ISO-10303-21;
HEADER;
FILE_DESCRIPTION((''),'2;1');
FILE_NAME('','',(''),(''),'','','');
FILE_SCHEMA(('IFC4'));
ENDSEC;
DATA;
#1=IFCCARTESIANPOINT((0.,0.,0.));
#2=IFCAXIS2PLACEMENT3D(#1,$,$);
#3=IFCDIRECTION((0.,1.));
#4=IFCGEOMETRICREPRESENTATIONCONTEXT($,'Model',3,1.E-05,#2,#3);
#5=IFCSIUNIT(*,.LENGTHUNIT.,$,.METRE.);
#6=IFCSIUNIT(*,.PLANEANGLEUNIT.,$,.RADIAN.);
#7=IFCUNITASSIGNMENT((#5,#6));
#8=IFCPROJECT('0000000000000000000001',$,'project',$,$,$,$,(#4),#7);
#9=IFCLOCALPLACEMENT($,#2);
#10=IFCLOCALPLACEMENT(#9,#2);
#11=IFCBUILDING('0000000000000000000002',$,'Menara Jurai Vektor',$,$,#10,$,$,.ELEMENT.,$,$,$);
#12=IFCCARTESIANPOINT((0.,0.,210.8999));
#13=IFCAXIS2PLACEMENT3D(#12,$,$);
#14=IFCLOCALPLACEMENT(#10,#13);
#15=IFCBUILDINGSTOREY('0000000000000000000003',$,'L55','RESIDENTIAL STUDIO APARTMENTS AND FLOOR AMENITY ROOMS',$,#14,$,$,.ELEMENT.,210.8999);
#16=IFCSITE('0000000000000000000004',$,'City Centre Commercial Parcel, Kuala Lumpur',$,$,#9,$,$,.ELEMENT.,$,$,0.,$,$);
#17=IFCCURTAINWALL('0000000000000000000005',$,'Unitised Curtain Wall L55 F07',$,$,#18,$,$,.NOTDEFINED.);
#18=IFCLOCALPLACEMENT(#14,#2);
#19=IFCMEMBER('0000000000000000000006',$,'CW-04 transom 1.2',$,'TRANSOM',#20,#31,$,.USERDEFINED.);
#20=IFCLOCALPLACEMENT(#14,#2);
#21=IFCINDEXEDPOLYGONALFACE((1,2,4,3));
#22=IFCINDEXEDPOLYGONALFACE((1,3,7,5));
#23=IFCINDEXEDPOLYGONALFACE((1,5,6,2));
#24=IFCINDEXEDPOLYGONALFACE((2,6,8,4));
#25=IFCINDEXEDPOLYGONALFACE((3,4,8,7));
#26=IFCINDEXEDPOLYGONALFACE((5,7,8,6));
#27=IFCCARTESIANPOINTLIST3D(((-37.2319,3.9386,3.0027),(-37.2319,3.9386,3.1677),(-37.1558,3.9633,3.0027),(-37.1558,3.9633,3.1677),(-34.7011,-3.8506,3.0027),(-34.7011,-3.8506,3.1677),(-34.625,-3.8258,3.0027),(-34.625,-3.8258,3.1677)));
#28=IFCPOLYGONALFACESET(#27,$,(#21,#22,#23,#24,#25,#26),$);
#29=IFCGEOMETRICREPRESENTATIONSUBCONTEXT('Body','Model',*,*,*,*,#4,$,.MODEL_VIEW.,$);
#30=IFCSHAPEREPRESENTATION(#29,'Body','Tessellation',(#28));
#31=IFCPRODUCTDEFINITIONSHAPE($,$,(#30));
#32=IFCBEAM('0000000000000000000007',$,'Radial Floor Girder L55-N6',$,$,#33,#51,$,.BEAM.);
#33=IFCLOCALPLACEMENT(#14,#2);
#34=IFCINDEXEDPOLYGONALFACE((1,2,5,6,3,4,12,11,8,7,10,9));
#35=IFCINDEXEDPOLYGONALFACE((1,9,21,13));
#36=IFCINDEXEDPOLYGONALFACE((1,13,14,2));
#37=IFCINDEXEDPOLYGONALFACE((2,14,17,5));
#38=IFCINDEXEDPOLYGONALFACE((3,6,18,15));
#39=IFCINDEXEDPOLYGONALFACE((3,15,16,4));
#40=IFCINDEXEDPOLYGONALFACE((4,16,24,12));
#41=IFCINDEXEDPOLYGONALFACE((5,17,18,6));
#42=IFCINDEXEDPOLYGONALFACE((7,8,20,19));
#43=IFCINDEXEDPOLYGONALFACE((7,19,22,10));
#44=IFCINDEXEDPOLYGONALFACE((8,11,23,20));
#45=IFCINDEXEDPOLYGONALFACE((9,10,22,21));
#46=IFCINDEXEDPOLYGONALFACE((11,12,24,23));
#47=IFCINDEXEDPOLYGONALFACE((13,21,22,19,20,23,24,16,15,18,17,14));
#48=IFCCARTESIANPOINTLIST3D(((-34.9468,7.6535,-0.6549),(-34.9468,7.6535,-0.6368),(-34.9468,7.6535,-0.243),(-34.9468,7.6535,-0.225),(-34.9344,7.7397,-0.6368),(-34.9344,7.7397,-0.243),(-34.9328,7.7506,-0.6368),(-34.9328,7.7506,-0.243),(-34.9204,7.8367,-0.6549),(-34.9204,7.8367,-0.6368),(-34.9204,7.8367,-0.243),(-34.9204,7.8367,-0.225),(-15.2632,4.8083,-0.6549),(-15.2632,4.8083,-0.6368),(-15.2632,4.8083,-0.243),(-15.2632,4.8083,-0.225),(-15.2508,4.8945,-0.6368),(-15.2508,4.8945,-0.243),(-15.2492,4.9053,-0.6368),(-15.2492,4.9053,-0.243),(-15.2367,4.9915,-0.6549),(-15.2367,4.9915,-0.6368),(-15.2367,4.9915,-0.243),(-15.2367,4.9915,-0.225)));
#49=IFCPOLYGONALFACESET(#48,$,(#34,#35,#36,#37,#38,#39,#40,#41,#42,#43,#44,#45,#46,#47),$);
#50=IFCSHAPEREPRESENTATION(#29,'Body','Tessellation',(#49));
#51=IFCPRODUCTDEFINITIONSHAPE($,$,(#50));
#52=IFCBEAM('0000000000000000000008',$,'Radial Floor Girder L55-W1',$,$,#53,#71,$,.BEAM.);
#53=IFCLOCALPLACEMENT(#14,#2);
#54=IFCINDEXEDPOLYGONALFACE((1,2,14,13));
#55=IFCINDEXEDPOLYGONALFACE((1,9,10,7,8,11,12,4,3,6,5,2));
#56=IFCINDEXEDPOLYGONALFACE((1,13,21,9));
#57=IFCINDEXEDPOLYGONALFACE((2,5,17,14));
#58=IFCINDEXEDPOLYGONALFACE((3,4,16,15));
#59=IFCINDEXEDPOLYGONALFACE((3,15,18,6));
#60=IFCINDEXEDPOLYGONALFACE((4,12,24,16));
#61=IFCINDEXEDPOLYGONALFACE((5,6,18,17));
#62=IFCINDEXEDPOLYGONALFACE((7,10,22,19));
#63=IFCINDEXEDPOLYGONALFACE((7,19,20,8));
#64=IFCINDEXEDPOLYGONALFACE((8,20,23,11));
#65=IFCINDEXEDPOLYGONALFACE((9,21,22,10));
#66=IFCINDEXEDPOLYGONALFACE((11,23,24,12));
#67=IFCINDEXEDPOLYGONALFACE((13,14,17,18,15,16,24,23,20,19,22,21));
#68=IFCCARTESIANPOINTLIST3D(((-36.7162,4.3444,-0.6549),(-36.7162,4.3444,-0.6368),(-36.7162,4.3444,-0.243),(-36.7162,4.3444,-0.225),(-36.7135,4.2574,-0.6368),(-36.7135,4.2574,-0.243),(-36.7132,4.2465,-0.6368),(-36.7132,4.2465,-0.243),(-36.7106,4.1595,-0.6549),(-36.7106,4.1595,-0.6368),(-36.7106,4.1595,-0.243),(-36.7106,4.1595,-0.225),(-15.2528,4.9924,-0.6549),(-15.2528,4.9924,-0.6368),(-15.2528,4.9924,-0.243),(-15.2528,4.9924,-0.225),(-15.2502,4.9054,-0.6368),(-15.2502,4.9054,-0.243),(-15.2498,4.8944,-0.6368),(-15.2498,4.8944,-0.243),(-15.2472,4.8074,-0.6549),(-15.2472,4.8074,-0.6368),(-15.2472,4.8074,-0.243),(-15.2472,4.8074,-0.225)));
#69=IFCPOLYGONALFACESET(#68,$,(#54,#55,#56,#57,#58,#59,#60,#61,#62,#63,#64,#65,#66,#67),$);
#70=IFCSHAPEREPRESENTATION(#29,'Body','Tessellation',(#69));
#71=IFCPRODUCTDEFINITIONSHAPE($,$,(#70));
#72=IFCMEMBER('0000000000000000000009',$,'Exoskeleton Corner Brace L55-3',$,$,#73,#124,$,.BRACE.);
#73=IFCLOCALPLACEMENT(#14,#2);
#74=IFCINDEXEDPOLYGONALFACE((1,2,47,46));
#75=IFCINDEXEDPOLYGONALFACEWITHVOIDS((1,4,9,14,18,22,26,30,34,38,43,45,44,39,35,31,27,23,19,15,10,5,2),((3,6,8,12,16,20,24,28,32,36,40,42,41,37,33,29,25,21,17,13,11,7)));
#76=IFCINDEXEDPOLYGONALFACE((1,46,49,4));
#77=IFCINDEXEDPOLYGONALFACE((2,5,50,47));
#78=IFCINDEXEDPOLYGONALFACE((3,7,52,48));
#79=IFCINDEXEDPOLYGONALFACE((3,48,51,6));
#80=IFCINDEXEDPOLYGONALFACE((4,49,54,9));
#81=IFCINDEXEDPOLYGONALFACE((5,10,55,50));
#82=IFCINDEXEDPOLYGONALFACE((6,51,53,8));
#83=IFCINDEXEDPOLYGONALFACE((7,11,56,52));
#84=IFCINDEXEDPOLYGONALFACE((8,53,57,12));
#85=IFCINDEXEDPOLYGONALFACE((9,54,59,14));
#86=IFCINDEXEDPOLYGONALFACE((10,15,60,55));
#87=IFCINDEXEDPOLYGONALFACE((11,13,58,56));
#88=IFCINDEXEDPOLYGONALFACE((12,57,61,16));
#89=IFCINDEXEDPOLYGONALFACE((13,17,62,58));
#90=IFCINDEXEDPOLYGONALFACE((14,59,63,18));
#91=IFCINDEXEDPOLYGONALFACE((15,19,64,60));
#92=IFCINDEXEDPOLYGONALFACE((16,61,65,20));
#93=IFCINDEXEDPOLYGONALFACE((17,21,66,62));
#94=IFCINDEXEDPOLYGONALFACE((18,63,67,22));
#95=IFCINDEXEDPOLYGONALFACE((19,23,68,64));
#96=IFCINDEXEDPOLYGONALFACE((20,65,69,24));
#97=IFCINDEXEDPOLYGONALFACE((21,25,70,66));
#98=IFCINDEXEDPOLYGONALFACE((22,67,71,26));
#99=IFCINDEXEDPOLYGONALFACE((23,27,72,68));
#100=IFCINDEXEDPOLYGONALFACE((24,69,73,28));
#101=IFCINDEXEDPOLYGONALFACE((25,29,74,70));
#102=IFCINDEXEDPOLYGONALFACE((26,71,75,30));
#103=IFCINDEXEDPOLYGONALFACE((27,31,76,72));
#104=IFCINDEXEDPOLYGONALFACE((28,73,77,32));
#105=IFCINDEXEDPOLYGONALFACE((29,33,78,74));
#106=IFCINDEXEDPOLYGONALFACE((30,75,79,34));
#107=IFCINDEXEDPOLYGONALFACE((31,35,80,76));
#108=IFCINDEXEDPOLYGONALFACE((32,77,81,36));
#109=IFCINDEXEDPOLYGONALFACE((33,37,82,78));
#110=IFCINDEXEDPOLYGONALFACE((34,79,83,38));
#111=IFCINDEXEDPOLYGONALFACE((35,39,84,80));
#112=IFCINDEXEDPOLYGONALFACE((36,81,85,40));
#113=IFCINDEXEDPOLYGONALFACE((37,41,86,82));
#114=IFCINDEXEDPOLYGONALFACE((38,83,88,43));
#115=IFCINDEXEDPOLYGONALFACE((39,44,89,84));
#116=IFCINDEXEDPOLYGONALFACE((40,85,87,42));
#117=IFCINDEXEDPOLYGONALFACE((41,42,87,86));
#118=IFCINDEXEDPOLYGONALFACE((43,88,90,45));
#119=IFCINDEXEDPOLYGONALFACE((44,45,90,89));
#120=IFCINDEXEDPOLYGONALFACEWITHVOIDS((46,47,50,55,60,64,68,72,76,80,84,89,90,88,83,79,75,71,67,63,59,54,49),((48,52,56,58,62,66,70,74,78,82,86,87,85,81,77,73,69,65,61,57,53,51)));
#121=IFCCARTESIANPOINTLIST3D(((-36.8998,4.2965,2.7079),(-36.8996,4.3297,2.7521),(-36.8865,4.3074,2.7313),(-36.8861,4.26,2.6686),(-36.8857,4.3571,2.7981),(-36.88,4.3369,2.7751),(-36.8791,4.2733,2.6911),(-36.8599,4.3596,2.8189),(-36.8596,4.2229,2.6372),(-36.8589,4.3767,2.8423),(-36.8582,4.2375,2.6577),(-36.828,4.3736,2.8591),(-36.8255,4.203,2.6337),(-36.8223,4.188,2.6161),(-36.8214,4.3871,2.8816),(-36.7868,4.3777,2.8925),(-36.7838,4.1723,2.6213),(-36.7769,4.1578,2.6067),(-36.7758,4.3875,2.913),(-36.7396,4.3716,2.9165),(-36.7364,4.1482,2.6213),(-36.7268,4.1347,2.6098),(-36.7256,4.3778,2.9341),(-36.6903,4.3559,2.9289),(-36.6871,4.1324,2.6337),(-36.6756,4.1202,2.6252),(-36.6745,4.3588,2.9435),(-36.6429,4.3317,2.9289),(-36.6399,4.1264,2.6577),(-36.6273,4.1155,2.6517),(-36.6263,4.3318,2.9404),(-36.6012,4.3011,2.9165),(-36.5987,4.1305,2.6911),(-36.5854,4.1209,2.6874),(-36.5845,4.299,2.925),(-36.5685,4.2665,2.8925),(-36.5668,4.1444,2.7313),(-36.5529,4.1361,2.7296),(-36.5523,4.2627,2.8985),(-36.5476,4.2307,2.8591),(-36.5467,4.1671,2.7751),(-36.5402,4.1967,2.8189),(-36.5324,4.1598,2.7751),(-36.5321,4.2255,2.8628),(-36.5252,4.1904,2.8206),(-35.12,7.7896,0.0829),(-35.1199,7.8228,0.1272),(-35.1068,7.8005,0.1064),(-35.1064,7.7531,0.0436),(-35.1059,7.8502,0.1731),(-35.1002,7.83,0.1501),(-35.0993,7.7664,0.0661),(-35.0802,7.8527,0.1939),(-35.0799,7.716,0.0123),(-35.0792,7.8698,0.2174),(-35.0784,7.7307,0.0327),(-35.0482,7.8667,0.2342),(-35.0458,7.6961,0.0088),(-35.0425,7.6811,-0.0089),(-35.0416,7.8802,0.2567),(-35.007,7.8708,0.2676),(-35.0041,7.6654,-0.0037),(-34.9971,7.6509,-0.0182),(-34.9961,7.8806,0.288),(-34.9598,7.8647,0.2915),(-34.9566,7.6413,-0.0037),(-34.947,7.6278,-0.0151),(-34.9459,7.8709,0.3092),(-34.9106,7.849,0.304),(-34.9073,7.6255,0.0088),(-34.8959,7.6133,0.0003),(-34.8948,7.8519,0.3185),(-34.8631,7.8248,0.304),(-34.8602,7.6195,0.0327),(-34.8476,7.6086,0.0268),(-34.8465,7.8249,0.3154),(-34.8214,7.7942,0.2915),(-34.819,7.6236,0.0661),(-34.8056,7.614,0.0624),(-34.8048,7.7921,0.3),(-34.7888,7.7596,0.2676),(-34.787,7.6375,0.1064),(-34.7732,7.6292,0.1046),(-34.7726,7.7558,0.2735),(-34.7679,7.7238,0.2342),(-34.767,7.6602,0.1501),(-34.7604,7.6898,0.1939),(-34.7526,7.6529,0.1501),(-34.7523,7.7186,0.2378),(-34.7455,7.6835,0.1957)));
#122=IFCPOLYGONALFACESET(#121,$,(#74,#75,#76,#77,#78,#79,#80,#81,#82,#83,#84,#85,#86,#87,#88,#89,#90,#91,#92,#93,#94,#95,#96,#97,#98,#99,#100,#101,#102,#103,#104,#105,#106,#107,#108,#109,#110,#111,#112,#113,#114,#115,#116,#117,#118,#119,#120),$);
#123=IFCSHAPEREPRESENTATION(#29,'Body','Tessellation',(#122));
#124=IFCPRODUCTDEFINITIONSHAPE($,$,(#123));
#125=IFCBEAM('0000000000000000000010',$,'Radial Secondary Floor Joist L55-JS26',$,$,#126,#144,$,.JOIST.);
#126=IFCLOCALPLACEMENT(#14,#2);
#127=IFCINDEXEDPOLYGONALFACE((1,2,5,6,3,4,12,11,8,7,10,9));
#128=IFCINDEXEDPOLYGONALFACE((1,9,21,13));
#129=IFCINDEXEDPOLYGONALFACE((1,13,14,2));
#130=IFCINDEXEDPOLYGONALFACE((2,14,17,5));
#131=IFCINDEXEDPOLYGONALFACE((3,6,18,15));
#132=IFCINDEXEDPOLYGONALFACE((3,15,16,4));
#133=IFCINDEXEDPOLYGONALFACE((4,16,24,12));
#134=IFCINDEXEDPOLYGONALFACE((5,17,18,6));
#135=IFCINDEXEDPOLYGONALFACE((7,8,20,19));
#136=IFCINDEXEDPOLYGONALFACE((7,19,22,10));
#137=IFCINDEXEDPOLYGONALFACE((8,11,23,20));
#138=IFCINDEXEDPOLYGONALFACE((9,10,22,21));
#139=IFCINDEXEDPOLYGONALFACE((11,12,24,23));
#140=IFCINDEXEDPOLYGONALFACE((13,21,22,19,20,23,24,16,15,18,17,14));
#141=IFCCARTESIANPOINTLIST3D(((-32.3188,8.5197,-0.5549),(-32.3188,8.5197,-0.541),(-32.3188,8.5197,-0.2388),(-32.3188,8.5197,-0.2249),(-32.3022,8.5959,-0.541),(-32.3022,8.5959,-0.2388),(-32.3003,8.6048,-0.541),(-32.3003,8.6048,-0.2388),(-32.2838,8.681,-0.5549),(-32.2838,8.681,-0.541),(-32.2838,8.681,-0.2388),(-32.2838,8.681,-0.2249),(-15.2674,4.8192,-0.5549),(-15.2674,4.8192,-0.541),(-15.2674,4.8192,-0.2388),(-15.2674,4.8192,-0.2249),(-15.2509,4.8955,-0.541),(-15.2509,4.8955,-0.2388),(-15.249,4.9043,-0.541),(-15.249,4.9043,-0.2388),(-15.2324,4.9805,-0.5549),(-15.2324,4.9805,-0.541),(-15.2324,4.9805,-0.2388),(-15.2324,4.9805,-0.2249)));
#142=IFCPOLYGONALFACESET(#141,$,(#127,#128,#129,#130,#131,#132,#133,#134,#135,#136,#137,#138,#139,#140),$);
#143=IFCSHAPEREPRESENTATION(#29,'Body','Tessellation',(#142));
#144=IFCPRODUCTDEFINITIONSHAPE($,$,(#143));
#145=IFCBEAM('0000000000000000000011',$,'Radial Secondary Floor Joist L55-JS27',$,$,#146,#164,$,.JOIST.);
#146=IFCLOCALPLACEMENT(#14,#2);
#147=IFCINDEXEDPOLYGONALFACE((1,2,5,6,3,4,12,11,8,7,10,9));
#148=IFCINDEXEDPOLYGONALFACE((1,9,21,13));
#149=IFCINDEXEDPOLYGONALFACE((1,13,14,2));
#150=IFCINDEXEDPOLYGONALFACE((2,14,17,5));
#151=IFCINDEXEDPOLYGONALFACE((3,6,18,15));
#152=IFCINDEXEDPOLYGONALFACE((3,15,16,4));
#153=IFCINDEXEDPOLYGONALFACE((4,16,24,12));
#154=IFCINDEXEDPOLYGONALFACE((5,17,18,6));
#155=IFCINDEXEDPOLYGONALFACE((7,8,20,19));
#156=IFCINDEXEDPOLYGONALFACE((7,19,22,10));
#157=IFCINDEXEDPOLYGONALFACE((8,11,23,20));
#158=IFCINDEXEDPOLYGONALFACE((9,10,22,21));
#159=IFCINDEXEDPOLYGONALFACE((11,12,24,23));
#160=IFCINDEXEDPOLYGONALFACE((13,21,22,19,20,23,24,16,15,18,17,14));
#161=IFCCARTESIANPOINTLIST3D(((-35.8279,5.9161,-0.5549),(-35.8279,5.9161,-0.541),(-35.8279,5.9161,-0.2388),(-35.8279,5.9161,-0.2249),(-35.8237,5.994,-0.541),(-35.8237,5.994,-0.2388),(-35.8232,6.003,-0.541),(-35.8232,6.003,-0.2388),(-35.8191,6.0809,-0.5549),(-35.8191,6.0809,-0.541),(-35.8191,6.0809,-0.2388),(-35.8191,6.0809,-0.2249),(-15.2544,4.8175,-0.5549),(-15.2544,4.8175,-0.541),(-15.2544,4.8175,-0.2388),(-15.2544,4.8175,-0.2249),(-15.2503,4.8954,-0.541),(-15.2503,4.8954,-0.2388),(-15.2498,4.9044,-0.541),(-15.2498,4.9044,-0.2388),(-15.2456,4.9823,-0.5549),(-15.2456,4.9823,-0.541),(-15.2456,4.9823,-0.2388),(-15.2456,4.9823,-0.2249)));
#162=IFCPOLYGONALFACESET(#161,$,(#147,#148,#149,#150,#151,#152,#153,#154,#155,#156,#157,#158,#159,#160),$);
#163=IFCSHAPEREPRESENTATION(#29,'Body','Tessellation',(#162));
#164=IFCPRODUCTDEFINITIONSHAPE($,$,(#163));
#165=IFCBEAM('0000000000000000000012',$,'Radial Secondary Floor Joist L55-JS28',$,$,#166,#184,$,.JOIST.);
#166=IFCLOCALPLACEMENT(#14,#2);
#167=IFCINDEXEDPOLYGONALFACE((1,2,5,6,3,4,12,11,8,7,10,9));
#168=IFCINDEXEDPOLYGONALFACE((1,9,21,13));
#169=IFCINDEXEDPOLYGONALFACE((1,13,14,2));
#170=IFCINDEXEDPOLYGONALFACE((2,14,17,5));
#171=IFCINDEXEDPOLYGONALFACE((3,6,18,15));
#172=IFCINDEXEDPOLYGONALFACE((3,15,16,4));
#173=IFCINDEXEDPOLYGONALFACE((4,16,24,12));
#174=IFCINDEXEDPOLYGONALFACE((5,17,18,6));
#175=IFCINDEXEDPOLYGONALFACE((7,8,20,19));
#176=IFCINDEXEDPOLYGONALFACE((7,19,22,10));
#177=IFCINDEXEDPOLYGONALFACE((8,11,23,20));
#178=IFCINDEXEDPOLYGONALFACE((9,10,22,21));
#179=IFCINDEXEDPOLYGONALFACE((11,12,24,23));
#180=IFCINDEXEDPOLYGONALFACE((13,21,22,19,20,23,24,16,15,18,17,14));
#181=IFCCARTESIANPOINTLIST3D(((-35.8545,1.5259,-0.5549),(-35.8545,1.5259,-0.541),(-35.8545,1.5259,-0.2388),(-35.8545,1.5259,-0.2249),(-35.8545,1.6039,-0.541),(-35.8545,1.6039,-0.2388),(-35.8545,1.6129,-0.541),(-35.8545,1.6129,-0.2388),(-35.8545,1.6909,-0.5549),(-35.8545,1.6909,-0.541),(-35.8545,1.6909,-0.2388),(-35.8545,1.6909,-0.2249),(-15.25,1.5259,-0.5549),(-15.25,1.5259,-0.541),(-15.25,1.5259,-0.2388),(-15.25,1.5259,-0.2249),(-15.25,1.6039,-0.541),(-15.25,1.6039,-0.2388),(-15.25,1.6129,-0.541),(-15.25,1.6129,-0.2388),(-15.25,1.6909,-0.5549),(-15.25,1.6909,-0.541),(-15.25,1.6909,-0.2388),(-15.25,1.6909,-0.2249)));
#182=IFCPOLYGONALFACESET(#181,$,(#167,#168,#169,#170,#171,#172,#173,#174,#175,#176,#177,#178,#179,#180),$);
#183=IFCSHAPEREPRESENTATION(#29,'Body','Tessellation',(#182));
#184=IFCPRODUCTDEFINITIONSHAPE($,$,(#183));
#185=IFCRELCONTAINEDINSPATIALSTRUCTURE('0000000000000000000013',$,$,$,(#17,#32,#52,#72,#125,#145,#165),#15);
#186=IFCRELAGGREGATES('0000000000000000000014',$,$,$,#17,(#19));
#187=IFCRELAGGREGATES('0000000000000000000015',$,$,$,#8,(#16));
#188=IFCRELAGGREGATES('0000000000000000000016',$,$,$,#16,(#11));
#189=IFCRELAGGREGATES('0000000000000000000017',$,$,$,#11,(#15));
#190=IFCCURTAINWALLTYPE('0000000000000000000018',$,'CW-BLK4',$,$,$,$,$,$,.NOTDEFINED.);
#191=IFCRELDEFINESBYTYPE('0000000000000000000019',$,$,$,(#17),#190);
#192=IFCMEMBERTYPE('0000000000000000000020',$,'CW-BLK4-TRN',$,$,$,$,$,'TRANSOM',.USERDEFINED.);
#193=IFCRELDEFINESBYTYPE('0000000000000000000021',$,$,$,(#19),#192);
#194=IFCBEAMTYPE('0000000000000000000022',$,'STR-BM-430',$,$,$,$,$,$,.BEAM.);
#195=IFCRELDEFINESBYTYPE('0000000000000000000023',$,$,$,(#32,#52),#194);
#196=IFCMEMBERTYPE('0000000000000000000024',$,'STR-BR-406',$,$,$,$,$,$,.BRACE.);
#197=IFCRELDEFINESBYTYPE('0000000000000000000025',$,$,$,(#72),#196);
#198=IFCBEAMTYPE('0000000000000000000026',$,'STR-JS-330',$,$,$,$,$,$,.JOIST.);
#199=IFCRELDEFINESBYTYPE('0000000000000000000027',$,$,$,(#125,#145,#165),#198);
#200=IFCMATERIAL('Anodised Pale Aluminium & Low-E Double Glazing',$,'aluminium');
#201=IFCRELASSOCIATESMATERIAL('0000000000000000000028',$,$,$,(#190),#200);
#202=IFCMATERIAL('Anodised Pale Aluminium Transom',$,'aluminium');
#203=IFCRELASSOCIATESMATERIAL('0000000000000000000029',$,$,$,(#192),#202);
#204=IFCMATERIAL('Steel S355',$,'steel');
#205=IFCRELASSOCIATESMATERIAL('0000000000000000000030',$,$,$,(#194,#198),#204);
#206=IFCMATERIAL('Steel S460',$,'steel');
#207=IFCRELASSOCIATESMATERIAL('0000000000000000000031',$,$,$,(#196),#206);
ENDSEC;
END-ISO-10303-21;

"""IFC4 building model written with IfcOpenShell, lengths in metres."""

from ifc_helpers import new_model, si_unit, direction, frame, origin, origin_2d, place, context, subcontext, project, spatial, rectangle, hollow_circle, i_section, extrude, material, material_profile, profile_set, type_object, element, aggregate, save


model = new_model("IFC4")

# Units and contexts
model_context = context("Model", 3, precision=1e-05, world=origin(), true_north=direction((0.0, 1.0)))
body_context = subcontext(model_context, "Body", "Model", "MODEL_VIEW")
ifc_project = project(units=[si_unit("LENGTHUNIT", "METRE"), si_unit("PLANEANGLEUNIT", "RADIAN")], contexts=[model_context])

# Site, building, storey
site_placement = place(None, origin())
site = spatial("IfcSite", under=ifc_project, at=site_placement, Name="City Centre Commercial Parcel, Kuala Lumpur", CompositionType="ELEMENT", RefElevation=0.0)
building_placement = place(site_placement, origin())
building = spatial("IfcBuilding", under=site, at=building_placement, Name="Menara Jurai Vektor", CompositionType="ELEMENT")
storey_placement = place(building_placement, frame((0.0, 0.0, 210.8999)))
storey = spatial("IfcBuildingStorey", under=building, at=storey_placement, Name="L55", Description="RESIDENTIAL STUDIO APARTMENTS AND FLOOR AMENITY ROOMS", CompositionType="ELEMENT", Elevation=210.8999)

# Shared definitions
ifc_material_1 = material(Name="Steel S460", Category="steel")

# Shared definitions
ifc_material_2 = material(Name="Anodised Pale Aluminium & Low-E Double Glazing", Category="aluminium")
curtain_wall_type = type_object("IfcCurtainWallType", Name="CW-BLK4", PredefinedType="NOTDEFINED", material=ifc_material_2)

# Curtain wall
curtain_wall_1_placement = place(storey_placement, origin())
curtain_wall_1 = element("IfcCurtainWall", 1, at=curtain_wall_1_placement, inside=storey, type_object=curtain_wall_type, Name="Unitised Curtain Wall L55 F07", PredefinedType="NOTDEFINED")

# Member
ifc_material_3 = material(Name="Anodised Pale Aluminium Transom", Category="aluminium")
ifc_material_profile_1 = material_profile(ifc_material_3, rectangle(XDim=0.0801, YDim=0.165, at=origin_2d()), Name="ALU TRN 80x165")
ifc_profile_set_1 = profile_set([ifc_material_profile_1], Name="Anodised Pale Aluminium Transom")
member_type_1 = type_object("IfcMemberType", Name="CW-BLK4-TRN", ElementType="TRANSOM", PredefinedType="USERDEFINED", material=ifc_profile_set_1)
member_1_placement = place(storey_placement, frame((-37.1938, 3.9509, 3.0852), z_axis=(0.309011, -0.951059, 0.0), x_axis=(0.951059, 0.309011, 0.0)))
member_1 = element("IfcMember", 2, at=member_1_placement, type_object=member_type_1, Name="CW-04 transom 1.2", ObjectType="TRANSOM", PredefinedType="USERDEFINED", context=body_context, shape_type="SweptSolid", body=[
    extrude(rectangle(XDim=0.0801, YDim=0.165, at=origin_2d()), origin(), (0.0, 0.0, 1.0), 8.1899),
])

# Beams
ifc_material_4 = material(Name="Steel S355", Category="steel")
ifc_material_profile_2 = material_profile(ifc_material_4, i_section(OverallWidth=0.1851, OverallDepth=0.4299, WebThickness=0.011, FlangeThickness=0.0181, at=origin_2d()), Name="PG 430x185x76")
ifc_profile_set_2 = profile_set([ifc_material_profile_2], Name="Steel S355")
beam_type_1 = type_object("IfcBeamType", Name="STR-BM-430", PredefinedType="BEAM", material=ifc_profile_set_2)
beam_1_placement = place(storey_placement, frame((-34.9336, 7.7451, -0.4399), z_axis=(0.989714, -0.143061, 0.0), x_axis=(0.143061, 0.989714, 0.0)))
element("IfcBeam", 3, at=beam_1_placement, inside=storey, type_object=beam_type_1, Name="Radial Floor Girder L55-N6", PredefinedType="BEAM", context=body_context, shape_type="SweptSolid", body=[
    extrude(i_section(OverallWidth=0.1851, OverallDepth=0.4299, WebThickness=0.011, FlangeThickness=0.0181, at=origin_2d()), origin(), (0.0, 0.0, 1.0), 19.8882),
])
beam_2_placement = place(storey_placement, frame((-36.7134, 4.252, -0.4399), z_axis=(0.999545, 0.030175, 0.0), x_axis=(-0.030175, 0.999545, 0.0)))
element("IfcBeam", 4, at=beam_2_placement, inside=storey, type_object=beam_type_1, Name="Radial Floor Girder L55-W1", PredefinedType="BEAM", context=body_context, shape_type="SweptSolid", body=[
    extrude(i_section(OverallWidth=0.1851, OverallDepth=0.4299, WebThickness=0.011, FlangeThickness=0.0181, at=origin_2d()), origin(), (0.0, 0.0, 1.0), 21.4731),
])

# Member
ifc_material_profile_3 = material_profile(ifc_material_1, hollow_circle(Radius=0.2031, WallThickness=0.0161, at=origin_2d()), Name="CHS 406.4x16")
ifc_profile_set_3 = profile_set([ifc_material_profile_3], Name="Steel S460")
member_type_2 = type_object("IfcMemberType", Name="STR-BR-406", PredefinedType="BRACE", material=ifc_profile_set_3)
member_2_placement = place(storey_placement, frame((-34.9336, 7.7451, 0.1501), z_axis=(-0.377225, -0.740375, 0.556368), x_axis=(0.891014, -0.453976, 0.0)))
element("IfcMember", 5, at=member_2_placement, inside=storey, type_object=member_type_2, Name="Exoskeleton Corner Brace L55-3", PredefinedType="BRACE", context=body_context, shape_type="SweptSolid", body=[
    extrude(hollow_circle(Radius=0.2031, WallThickness=0.0161, at=origin_2d()), origin(), (0.0, 0.0, 1.0), 4.718),
])

# Beams
ifc_material_profile_4 = material_profile(ifc_material_4, i_section(OverallWidth=0.165, OverallDepth=0.3301, WebThickness=0.009, FlangeThickness=0.0139, at=origin_2d()), Name="PG 330x165x46")
ifc_profile_set_4 = profile_set([ifc_material_profile_4], Name="Steel S355")
beam_type_2 = type_object("IfcBeamType", Name="STR-JS-330", PredefinedType="JOIST", material=ifc_profile_set_4)
beam_3_placement = place(storey_placement, frame((-32.3013, 8.6003, -0.3899), z_axis=(0.977252, -0.212082, 0.0), x_axis=(0.212082, 0.977252, 0.0)))
element("IfcBeam", 6, at=beam_3_placement, inside=storey, type_object=beam_type_2, Name="Radial Secondary Floor Joist L55-JS26", PredefinedType="JOIST", context=body_context, shape_type="SweptSolid", body=[
    extrude(i_section(OverallWidth=0.165, OverallDepth=0.3301, WebThickness=0.009, FlangeThickness=0.0139, at=origin_2d()), origin(), (0.0, 0.0, 1.0), 17.4482),
])
beam_4_placement = place(storey_placement, frame((-35.8235, 5.9985, -0.3899), z_axis=(0.998577, -0.053324, 0.0), x_axis=(0.053324, 0.998577, 0.0)))
element("IfcBeam", 7, at=beam_4_placement, inside=storey, type_object=beam_type_2, Name="Radial Secondary Floor Joist L55-JS27", PredefinedType="JOIST", context=body_context, shape_type="SweptSolid", body=[
    extrude(i_section(OverallWidth=0.165, OverallDepth=0.3301, WebThickness=0.009, FlangeThickness=0.0139, at=origin_2d()), origin(), (0.0, 0.0, 1.0), 20.6028),
])
beam_5_placement = place(storey_placement, frame((-35.8545, 1.6084, -0.3899), z_axis=(1.0, 0.0, 0.0), x_axis=(0.0, 1.0, 0.0)))
element("IfcBeam", 8, at=beam_5_placement, inside=storey, type_object=beam_type_2, Name="Radial Secondary Floor Joist L55-JS28", PredefinedType="JOIST", context=body_context, shape_type="SweptSolid", body=[
    extrude(i_section(OverallWidth=0.165, OverallDepth=0.3301, WebThickness=0.009, FlangeThickness=0.0139, at=origin_2d()), origin(), (0.0, 0.0, 1.0), 20.6045),
])

aggregate(curtain_wall_1, [member_1])

save(model, "model.ifc")
